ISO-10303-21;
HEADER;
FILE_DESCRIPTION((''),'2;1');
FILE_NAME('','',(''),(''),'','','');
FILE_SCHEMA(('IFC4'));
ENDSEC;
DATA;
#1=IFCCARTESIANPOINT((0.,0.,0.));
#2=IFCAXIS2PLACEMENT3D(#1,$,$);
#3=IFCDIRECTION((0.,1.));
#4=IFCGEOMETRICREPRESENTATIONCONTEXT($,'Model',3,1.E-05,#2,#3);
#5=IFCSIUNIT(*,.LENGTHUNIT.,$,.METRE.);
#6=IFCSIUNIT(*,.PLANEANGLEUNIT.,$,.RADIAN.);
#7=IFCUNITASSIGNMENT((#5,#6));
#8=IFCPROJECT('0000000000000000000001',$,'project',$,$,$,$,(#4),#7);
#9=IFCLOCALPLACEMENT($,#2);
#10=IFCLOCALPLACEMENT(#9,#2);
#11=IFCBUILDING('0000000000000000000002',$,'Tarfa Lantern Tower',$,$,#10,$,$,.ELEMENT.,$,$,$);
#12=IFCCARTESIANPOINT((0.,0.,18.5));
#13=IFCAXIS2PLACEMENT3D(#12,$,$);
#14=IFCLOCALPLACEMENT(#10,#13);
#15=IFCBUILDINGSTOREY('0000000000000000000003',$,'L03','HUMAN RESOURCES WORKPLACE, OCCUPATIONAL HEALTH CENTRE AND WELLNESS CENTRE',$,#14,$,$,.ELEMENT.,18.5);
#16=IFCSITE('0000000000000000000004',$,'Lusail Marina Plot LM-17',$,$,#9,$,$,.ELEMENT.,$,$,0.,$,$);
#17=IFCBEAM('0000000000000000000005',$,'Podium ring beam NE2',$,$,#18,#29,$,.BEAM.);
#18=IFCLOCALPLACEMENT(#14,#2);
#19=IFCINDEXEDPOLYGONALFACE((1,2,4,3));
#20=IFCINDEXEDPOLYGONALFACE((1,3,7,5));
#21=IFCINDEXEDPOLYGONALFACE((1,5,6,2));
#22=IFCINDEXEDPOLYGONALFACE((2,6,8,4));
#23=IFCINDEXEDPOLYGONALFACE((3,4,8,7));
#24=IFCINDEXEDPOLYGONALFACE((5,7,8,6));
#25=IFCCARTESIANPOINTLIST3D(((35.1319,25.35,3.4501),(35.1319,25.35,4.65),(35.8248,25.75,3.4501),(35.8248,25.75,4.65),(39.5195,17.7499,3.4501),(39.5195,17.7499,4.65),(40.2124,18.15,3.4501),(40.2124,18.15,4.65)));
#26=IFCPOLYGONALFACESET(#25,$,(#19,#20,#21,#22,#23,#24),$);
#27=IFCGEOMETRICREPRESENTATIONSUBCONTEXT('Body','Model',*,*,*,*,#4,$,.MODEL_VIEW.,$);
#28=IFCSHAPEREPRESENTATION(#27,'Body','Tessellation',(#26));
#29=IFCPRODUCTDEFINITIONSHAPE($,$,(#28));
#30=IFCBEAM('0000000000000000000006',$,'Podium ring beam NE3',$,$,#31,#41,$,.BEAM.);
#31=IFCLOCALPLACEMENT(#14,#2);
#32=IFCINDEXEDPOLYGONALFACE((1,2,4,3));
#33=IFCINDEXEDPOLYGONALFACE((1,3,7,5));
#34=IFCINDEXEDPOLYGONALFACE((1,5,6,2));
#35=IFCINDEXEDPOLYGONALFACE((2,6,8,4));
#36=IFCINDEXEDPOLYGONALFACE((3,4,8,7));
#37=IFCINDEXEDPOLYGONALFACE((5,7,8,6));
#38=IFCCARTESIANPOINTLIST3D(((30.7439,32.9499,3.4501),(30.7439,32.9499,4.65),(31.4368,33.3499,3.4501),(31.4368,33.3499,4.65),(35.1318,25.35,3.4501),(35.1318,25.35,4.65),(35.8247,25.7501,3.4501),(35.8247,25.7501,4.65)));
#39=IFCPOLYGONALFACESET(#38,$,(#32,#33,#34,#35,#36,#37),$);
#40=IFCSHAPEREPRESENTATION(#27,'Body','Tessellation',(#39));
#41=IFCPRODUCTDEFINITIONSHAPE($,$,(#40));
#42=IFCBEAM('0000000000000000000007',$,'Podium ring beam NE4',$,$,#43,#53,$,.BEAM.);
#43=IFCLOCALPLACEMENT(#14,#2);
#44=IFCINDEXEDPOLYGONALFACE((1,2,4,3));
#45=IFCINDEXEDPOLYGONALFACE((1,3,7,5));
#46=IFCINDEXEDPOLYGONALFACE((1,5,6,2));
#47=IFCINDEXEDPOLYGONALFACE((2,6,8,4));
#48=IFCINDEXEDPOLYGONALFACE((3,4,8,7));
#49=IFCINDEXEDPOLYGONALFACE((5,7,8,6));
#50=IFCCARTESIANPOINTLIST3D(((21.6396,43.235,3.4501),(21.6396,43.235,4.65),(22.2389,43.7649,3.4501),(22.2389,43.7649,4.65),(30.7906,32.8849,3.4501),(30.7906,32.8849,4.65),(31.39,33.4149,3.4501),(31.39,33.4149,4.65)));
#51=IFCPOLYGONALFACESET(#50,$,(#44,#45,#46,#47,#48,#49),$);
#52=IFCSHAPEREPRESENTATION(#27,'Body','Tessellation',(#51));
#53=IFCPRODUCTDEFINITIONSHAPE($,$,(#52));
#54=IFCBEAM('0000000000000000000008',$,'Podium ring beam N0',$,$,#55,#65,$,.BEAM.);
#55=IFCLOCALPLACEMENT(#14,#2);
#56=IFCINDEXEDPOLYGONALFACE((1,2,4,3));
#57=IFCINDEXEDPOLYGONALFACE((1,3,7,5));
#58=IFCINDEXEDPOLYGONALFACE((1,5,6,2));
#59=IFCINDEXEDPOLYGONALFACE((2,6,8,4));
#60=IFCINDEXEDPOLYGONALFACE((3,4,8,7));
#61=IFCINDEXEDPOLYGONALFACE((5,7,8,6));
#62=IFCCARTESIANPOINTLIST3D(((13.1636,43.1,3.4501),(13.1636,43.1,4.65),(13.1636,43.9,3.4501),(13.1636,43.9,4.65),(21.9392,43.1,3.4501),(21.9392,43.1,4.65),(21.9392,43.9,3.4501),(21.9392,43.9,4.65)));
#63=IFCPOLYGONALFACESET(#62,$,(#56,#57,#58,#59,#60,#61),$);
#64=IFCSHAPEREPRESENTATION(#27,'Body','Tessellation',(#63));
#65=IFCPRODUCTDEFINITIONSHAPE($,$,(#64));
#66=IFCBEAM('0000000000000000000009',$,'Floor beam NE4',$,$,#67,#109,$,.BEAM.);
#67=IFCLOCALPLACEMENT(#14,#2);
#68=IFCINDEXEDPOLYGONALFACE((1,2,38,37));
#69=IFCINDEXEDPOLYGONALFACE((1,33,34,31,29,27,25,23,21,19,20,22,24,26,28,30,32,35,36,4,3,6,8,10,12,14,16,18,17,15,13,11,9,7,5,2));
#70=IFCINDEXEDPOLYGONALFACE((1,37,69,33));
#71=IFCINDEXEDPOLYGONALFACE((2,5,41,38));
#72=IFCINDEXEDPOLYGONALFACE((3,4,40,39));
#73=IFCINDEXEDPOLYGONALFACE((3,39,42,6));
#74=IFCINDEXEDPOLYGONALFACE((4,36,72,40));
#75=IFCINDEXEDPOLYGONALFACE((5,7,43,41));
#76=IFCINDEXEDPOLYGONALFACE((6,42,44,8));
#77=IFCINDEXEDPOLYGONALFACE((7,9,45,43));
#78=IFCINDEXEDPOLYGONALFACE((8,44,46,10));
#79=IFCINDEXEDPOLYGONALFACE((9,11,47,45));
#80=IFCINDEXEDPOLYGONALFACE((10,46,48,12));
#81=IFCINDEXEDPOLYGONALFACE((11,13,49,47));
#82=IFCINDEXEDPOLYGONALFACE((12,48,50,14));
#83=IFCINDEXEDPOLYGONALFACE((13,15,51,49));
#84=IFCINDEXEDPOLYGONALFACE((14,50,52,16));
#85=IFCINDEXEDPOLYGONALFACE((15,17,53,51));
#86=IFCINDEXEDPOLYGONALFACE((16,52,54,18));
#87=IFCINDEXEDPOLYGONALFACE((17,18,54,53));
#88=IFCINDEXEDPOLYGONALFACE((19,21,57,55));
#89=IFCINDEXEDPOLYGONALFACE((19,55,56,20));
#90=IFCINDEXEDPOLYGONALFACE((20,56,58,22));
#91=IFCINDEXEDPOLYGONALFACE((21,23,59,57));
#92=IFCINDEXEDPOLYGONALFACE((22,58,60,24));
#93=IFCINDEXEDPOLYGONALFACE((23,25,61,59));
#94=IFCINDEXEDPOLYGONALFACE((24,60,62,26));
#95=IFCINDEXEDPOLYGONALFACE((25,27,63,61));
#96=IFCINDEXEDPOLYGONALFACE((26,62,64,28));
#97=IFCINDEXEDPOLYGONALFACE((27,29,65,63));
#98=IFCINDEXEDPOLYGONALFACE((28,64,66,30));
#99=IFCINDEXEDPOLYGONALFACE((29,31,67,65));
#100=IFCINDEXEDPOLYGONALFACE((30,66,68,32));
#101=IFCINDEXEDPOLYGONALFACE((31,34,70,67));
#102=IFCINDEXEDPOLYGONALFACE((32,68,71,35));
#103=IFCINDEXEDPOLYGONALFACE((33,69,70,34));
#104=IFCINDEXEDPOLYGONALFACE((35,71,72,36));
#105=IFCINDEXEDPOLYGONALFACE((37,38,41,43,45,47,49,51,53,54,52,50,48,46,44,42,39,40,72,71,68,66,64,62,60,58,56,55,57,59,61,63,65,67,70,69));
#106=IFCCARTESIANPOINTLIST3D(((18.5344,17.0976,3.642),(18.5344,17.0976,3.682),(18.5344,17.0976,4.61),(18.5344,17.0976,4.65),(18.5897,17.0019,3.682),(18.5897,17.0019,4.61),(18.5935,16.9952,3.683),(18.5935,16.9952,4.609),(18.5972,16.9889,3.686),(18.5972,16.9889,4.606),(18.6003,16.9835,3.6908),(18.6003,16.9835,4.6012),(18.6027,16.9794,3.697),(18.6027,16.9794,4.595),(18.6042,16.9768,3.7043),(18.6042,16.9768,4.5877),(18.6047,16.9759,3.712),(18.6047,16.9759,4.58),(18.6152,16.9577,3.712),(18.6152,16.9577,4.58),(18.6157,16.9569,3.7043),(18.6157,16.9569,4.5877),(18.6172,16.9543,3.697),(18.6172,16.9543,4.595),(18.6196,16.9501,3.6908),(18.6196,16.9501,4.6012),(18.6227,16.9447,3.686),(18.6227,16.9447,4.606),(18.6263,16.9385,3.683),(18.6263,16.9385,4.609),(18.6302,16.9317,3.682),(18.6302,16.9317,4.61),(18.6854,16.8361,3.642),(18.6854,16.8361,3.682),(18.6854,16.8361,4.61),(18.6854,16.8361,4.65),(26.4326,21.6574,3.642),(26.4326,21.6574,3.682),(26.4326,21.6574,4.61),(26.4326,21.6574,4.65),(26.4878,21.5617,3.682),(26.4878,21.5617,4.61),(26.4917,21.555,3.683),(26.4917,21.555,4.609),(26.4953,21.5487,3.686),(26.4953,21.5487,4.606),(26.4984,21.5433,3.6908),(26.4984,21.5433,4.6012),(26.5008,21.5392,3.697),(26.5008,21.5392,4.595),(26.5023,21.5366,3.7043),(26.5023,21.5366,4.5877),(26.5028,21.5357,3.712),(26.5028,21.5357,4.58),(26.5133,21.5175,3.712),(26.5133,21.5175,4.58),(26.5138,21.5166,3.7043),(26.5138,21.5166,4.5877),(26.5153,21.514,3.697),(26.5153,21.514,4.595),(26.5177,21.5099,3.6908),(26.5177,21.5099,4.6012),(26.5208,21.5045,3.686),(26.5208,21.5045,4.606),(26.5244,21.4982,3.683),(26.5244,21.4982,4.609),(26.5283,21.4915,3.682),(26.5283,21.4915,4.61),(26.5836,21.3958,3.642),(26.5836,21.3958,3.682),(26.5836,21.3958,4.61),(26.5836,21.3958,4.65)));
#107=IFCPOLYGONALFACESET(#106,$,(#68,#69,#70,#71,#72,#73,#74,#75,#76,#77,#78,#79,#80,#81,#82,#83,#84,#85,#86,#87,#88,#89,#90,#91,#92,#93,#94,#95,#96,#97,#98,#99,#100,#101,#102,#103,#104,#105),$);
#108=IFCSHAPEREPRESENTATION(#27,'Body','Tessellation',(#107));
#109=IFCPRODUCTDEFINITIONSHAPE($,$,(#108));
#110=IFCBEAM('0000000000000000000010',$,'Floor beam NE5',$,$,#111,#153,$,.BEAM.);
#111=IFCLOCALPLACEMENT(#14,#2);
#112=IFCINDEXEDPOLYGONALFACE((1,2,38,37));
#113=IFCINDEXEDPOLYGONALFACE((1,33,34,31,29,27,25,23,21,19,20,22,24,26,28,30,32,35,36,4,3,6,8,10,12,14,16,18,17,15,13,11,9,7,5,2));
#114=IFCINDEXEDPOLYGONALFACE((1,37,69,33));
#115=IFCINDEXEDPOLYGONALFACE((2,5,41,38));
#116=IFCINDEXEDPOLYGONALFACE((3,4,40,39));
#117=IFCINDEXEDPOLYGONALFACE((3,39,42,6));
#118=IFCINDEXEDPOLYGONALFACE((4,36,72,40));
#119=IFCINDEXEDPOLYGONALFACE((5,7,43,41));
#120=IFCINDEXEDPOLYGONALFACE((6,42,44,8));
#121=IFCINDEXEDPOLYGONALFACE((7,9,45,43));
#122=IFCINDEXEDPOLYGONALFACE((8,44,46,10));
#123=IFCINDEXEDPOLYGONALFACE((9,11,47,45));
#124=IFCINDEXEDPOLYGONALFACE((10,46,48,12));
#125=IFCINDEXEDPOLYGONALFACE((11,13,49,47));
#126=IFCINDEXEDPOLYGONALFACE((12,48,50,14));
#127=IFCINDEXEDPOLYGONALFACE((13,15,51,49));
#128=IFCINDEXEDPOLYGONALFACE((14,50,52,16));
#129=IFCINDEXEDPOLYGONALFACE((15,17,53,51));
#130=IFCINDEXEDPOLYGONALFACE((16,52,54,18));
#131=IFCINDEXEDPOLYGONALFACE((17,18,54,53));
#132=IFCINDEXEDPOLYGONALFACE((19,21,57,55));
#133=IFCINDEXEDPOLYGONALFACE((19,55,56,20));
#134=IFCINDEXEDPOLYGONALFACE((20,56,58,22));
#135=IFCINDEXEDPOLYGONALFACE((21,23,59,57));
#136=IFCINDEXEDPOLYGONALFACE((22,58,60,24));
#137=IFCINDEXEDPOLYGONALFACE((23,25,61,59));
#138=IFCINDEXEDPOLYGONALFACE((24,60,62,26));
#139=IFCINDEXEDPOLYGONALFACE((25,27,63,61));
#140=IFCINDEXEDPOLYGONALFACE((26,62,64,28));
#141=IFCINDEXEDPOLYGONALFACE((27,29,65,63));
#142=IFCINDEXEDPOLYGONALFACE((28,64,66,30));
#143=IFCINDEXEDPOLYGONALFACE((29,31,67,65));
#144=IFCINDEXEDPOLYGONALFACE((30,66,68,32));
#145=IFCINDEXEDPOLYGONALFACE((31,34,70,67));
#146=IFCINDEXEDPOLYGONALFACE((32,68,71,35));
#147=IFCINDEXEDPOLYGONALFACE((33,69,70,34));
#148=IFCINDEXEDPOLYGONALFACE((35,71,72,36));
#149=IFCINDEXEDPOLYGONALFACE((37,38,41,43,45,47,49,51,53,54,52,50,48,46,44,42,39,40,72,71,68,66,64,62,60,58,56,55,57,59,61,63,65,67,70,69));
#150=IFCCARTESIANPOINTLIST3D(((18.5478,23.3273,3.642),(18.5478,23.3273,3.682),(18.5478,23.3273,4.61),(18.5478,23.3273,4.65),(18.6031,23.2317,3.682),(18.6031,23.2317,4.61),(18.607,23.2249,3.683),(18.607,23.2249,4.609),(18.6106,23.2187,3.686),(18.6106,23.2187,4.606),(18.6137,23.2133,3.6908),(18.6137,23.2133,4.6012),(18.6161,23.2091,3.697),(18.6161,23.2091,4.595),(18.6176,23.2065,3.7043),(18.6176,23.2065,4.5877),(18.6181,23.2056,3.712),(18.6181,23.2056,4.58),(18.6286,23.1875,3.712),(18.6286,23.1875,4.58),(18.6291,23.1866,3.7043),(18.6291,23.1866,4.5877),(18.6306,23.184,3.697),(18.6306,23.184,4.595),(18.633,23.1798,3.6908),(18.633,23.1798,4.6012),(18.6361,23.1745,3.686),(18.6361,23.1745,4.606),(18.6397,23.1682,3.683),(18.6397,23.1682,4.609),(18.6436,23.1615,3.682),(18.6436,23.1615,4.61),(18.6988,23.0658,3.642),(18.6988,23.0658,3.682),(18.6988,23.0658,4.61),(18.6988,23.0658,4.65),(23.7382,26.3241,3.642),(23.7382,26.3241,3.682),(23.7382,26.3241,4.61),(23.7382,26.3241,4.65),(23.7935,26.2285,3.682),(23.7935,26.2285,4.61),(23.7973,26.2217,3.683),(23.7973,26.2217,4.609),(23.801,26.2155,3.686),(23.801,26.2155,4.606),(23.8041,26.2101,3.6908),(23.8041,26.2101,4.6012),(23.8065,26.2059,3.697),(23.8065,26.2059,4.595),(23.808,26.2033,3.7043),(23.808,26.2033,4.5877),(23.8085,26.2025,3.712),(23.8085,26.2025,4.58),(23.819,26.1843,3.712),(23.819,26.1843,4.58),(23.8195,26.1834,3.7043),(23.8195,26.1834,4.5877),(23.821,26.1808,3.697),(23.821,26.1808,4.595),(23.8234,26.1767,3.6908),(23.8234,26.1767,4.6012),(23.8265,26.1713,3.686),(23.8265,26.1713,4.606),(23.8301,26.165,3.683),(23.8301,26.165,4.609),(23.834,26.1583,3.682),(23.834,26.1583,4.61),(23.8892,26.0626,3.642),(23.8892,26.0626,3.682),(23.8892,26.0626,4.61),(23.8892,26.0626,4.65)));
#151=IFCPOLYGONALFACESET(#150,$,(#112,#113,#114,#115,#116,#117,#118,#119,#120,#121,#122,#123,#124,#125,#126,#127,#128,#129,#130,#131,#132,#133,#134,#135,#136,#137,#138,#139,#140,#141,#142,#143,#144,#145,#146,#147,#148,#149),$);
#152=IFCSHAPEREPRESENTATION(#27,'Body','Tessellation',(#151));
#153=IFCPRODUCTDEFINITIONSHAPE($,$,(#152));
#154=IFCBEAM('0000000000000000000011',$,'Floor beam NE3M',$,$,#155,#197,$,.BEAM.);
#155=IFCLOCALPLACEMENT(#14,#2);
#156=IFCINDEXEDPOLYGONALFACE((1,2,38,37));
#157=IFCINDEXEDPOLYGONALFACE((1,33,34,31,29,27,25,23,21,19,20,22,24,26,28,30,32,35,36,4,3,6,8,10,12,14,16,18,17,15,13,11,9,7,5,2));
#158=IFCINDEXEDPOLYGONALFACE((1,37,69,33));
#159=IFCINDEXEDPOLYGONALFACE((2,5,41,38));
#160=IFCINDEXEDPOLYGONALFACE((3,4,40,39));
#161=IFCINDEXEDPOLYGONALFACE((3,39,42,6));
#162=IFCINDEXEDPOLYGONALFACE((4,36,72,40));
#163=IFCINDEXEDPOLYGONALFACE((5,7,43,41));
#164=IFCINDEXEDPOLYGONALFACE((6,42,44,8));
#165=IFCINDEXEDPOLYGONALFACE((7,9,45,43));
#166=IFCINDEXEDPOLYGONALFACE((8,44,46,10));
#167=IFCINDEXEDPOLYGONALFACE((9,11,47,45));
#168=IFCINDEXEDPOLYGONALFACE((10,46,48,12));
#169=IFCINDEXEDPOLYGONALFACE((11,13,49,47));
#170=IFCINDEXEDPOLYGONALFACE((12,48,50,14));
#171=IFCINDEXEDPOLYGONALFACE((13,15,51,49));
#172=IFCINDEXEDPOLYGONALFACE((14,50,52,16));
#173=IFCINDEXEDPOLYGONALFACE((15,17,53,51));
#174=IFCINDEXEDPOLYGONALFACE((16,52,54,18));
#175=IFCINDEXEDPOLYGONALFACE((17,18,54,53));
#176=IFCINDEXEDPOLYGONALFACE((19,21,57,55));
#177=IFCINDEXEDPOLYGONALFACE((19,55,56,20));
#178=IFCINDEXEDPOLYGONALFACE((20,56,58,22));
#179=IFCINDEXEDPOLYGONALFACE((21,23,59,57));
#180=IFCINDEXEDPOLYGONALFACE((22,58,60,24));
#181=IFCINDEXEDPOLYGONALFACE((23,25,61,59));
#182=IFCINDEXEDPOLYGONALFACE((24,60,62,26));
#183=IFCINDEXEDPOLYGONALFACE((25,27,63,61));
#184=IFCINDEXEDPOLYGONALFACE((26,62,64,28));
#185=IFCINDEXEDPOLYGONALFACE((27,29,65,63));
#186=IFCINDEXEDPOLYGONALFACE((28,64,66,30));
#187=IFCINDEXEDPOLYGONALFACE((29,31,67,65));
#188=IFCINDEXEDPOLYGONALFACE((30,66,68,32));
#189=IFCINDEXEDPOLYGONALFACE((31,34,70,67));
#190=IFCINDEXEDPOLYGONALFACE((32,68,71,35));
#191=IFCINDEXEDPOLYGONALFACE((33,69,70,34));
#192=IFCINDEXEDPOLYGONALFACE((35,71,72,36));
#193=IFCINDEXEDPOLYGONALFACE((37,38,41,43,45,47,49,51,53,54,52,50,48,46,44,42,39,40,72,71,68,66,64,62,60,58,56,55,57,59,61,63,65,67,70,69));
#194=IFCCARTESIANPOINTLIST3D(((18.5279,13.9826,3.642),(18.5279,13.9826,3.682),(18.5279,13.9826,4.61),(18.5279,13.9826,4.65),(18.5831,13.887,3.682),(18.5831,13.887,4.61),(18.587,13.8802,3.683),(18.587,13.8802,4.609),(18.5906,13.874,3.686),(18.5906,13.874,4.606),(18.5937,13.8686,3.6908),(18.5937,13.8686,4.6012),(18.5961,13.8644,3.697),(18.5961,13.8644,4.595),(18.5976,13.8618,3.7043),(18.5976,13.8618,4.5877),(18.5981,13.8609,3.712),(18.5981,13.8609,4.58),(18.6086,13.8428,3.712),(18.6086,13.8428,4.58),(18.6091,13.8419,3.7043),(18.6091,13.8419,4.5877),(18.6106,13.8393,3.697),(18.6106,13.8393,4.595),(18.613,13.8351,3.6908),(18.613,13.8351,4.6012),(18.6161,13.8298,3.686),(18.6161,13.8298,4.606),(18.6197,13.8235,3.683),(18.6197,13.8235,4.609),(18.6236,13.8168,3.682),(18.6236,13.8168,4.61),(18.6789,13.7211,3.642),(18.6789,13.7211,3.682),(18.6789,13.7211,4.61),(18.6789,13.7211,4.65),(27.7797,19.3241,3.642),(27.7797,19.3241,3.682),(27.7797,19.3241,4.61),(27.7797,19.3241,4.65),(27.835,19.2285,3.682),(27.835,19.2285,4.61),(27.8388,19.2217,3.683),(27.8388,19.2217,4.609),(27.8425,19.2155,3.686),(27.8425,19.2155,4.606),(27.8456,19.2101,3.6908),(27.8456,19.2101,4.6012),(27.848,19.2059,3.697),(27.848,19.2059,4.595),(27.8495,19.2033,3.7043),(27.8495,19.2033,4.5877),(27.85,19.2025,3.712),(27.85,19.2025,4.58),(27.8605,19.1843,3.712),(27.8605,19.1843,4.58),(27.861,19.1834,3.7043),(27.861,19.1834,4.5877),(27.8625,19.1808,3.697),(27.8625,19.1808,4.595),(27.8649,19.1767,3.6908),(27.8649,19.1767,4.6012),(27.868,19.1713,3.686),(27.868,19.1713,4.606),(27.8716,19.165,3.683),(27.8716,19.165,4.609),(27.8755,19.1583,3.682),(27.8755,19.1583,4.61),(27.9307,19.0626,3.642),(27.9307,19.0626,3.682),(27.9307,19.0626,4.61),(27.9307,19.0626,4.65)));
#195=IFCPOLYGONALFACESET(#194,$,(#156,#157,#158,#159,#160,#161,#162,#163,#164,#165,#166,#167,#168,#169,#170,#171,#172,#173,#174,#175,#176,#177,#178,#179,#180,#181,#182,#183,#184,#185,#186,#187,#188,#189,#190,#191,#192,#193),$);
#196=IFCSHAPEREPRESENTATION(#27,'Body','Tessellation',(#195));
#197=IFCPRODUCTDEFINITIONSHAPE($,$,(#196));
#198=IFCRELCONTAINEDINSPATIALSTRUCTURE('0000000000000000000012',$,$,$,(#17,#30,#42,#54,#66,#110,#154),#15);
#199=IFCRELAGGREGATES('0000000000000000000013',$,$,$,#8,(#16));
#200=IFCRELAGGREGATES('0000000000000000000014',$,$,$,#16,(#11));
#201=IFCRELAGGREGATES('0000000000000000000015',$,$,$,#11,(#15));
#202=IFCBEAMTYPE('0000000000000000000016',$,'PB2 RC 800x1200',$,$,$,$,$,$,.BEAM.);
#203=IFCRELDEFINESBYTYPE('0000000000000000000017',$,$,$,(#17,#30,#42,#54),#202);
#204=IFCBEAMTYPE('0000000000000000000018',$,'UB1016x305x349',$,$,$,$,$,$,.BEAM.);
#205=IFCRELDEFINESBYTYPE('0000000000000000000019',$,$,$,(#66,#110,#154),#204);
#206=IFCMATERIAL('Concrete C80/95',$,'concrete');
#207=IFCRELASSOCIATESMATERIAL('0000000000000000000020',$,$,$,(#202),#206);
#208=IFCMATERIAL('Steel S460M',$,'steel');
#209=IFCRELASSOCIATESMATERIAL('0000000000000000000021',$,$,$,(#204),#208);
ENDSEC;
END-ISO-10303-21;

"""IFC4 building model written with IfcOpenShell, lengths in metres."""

from ifc_helpers import new_model, si_unit, direction, frame, origin, origin_2d, place, context, subcontext, project, spatial, rectangle, i_section, extrude, material, material_profile, profile_set, type_object, element, save


model = new_model("IFC4")

# Units and contexts
model_context = context("Model", 3, precision=1e-05, world=origin(), true_north=direction((0.0, 1.0)))
body_context = subcontext(model_context, "Body", "Model", "MODEL_VIEW")
ifc_project = project(units=[si_unit("LENGTHUNIT", "METRE"), si_unit("PLANEANGLEUNIT", "RADIAN")], contexts=[model_context])

# Site, building, storey
site_placement = place(None, origin())
site = spatial("IfcSite", under=ifc_project, at=site_placement, Name="Lusail Marina Plot LM-17", CompositionType="ELEMENT", RefElevation=0.0)
building_placement = place(site_placement, origin())
building = spatial("IfcBuilding", under=site, at=building_placement, Name="Tarfa Lantern Tower", CompositionType="ELEMENT")
storey_placement = place(building_placement, frame((0.0, 0.0, 18.5)))
storey = spatial("IfcBuildingStorey", under=building, at=storey_placement, Name="L03", Description="HUMAN RESOURCES WORKPLACE, OCCUPATIONAL HEALTH CENTRE AND WELLNESS CENTRE", CompositionType="ELEMENT", Elevation=18.5)

# Shared definitions
ifc_material_1 = material(Name="Concrete C80/95", Category="concrete")

# Beams
ifc_material_profile_1 = material_profile(ifc_material_1, rectangle(XDim=0.8, YDim=1.2, at=origin_2d()), Name="RC 800x1200")
ifc_profile_set_1 = profile_set([ifc_material_profile_1], Name="Concrete C80/95")
beam_type_1 = type_object("IfcBeamType", Name="PB2 RC 800x1200", PredefinedType="BEAM", material=ifc_profile_set_1)
for number, where, z_axis, x_axis, name in (
    (1, (39.866, 17.95, 4.05), (-0.499981, 0.866036, 0.0), (-0.866036, -0.499981, 0.0), "Podium ring beam NE2"),
    (2, (35.4783, 25.55, 4.05), (-0.500014, 0.866017, 0.0), (-0.866017, -0.500014, 0.0), "Podium ring beam NE3"),
):
    element("IfcBeam", number, at=place(storey_placement, frame(where, z_axis=z_axis, x_axis=x_axis)), inside=storey, type_object=beam_type_1, Name=name, PredefinedType="BEAM", context=body_context, shape_type="SweptSolid", body=[
        extrude(rectangle(XDim=0.8, YDim=1.2, at=origin_2d()), origin(), (0.0, 0.0, 1.0), 8.7756),
    ])
beam_1_placement = place(storey_placement, frame((31.0903, 33.1499, 4.05), z_axis=(-0.662382, 0.749167, 0.0), x_axis=(-0.749167, -0.662382, 0.0)))
element("IfcBeam", 3, at=beam_1_placement, inside=storey, type_object=beam_type_1, Name="Podium ring beam NE4", PredefinedType="BEAM", context=body_context, shape_type="SweptSolid", body=[
    extrude(rectangle(XDim=0.8, YDim=1.2, at=origin_2d()), origin(), (0.0, 0.0, 1.0), 13.8154),
])
beam_2_placement = place(storey_placement, frame((21.9392, 43.5, 4.05), z_axis=(-1.0, 0.0, 0.0), x_axis=(0.0, -1.0, 0.0)))
element("IfcBeam", 4, at=beam_2_placement, inside=storey, type_object=beam_type_1, Name="Podium ring beam N0", PredefinedType="BEAM", context=body_context, shape_type="SweptSolid", body=[
    extrude(rectangle(XDim=0.8, YDim=1.2, at=origin_2d()), origin(), (0.0, 0.0, 1.0), 8.7756),
])
ifc_material_2 = material(Name="Steel S460M", Category="steel")
ifc_material_profile_2 = material_profile(ifc_material_2, i_section(OverallWidth=0.302, OverallDepth=1.0081, WebThickness=0.021, FlangeThickness=0.04, FilletRadius=0.03, at=origin_2d()), Name="UB1016x305x349")
ifc_profile_set_2 = profile_set([ifc_material_profile_2], Name="Steel S460M")
beam_type_2 = type_object("IfcBeamType", Name="UB1016x305x349", PredefinedType="BEAM", material=ifc_profile_set_2)
beam_3_placement = place(storey_placement, frame((26.5081, 21.5266, 4.146), z_axis=(-0.866035, -0.499983, 0.0), x_axis=(0.499983, -0.866035, 0.0)))
element("IfcBeam", 5, at=beam_3_placement, inside=storey, type_object=beam_type_2, Name="Floor beam NE4", PredefinedType="BEAM", context=body_context, shape_type="SweptSolid", body=[
    extrude(i_section(OverallWidth=0.302, OverallDepth=1.0081, WebThickness=0.021, FlangeThickness=0.04, FilletRadius=0.03, at=origin_2d()), origin(), (0.0, 0.0, 1.0), 9.1199),
])
beam_4_placement = place(storey_placement, frame((23.8137, 26.1934, 4.146), z_axis=(-0.866016, -0.500016, 0.0), x_axis=(0.500016, -0.866016, 0.0)))
element("IfcBeam", 6, at=beam_4_placement, inside=storey, type_object=beam_type_2, Name="Floor beam NE5", PredefinedType="BEAM", context=body_context, shape_type="SweptSolid", body=[
    extrude(i_section(OverallWidth=0.302, OverallDepth=1.0081, WebThickness=0.021, FlangeThickness=0.04, FilletRadius=0.03, at=origin_2d()), origin(), (0.0, 0.0, 1.0), 5.9934),
])
beam_5_placement = place(storey_placement, frame((27.8552, 19.1934, 4.146), z_axis=(-0.866028, -0.499995, 0.0), x_axis=(0.499995, -0.866028, 0.0)))
element("IfcBeam", 7, at=beam_5_placement, inside=storey, type_object=beam_type_2, Name="Floor beam NE3M", PredefinedType="BEAM", context=body_context, shape_type="SweptSolid", body=[
    extrude(i_section(OverallWidth=0.302, OverallDepth=1.0081, WebThickness=0.021, FlangeThickness=0.04, FilletRadius=0.03, at=origin_2d()), origin(), (0.0, 0.0, 1.0), 10.6831),
])

save(model, "model.ifc")
